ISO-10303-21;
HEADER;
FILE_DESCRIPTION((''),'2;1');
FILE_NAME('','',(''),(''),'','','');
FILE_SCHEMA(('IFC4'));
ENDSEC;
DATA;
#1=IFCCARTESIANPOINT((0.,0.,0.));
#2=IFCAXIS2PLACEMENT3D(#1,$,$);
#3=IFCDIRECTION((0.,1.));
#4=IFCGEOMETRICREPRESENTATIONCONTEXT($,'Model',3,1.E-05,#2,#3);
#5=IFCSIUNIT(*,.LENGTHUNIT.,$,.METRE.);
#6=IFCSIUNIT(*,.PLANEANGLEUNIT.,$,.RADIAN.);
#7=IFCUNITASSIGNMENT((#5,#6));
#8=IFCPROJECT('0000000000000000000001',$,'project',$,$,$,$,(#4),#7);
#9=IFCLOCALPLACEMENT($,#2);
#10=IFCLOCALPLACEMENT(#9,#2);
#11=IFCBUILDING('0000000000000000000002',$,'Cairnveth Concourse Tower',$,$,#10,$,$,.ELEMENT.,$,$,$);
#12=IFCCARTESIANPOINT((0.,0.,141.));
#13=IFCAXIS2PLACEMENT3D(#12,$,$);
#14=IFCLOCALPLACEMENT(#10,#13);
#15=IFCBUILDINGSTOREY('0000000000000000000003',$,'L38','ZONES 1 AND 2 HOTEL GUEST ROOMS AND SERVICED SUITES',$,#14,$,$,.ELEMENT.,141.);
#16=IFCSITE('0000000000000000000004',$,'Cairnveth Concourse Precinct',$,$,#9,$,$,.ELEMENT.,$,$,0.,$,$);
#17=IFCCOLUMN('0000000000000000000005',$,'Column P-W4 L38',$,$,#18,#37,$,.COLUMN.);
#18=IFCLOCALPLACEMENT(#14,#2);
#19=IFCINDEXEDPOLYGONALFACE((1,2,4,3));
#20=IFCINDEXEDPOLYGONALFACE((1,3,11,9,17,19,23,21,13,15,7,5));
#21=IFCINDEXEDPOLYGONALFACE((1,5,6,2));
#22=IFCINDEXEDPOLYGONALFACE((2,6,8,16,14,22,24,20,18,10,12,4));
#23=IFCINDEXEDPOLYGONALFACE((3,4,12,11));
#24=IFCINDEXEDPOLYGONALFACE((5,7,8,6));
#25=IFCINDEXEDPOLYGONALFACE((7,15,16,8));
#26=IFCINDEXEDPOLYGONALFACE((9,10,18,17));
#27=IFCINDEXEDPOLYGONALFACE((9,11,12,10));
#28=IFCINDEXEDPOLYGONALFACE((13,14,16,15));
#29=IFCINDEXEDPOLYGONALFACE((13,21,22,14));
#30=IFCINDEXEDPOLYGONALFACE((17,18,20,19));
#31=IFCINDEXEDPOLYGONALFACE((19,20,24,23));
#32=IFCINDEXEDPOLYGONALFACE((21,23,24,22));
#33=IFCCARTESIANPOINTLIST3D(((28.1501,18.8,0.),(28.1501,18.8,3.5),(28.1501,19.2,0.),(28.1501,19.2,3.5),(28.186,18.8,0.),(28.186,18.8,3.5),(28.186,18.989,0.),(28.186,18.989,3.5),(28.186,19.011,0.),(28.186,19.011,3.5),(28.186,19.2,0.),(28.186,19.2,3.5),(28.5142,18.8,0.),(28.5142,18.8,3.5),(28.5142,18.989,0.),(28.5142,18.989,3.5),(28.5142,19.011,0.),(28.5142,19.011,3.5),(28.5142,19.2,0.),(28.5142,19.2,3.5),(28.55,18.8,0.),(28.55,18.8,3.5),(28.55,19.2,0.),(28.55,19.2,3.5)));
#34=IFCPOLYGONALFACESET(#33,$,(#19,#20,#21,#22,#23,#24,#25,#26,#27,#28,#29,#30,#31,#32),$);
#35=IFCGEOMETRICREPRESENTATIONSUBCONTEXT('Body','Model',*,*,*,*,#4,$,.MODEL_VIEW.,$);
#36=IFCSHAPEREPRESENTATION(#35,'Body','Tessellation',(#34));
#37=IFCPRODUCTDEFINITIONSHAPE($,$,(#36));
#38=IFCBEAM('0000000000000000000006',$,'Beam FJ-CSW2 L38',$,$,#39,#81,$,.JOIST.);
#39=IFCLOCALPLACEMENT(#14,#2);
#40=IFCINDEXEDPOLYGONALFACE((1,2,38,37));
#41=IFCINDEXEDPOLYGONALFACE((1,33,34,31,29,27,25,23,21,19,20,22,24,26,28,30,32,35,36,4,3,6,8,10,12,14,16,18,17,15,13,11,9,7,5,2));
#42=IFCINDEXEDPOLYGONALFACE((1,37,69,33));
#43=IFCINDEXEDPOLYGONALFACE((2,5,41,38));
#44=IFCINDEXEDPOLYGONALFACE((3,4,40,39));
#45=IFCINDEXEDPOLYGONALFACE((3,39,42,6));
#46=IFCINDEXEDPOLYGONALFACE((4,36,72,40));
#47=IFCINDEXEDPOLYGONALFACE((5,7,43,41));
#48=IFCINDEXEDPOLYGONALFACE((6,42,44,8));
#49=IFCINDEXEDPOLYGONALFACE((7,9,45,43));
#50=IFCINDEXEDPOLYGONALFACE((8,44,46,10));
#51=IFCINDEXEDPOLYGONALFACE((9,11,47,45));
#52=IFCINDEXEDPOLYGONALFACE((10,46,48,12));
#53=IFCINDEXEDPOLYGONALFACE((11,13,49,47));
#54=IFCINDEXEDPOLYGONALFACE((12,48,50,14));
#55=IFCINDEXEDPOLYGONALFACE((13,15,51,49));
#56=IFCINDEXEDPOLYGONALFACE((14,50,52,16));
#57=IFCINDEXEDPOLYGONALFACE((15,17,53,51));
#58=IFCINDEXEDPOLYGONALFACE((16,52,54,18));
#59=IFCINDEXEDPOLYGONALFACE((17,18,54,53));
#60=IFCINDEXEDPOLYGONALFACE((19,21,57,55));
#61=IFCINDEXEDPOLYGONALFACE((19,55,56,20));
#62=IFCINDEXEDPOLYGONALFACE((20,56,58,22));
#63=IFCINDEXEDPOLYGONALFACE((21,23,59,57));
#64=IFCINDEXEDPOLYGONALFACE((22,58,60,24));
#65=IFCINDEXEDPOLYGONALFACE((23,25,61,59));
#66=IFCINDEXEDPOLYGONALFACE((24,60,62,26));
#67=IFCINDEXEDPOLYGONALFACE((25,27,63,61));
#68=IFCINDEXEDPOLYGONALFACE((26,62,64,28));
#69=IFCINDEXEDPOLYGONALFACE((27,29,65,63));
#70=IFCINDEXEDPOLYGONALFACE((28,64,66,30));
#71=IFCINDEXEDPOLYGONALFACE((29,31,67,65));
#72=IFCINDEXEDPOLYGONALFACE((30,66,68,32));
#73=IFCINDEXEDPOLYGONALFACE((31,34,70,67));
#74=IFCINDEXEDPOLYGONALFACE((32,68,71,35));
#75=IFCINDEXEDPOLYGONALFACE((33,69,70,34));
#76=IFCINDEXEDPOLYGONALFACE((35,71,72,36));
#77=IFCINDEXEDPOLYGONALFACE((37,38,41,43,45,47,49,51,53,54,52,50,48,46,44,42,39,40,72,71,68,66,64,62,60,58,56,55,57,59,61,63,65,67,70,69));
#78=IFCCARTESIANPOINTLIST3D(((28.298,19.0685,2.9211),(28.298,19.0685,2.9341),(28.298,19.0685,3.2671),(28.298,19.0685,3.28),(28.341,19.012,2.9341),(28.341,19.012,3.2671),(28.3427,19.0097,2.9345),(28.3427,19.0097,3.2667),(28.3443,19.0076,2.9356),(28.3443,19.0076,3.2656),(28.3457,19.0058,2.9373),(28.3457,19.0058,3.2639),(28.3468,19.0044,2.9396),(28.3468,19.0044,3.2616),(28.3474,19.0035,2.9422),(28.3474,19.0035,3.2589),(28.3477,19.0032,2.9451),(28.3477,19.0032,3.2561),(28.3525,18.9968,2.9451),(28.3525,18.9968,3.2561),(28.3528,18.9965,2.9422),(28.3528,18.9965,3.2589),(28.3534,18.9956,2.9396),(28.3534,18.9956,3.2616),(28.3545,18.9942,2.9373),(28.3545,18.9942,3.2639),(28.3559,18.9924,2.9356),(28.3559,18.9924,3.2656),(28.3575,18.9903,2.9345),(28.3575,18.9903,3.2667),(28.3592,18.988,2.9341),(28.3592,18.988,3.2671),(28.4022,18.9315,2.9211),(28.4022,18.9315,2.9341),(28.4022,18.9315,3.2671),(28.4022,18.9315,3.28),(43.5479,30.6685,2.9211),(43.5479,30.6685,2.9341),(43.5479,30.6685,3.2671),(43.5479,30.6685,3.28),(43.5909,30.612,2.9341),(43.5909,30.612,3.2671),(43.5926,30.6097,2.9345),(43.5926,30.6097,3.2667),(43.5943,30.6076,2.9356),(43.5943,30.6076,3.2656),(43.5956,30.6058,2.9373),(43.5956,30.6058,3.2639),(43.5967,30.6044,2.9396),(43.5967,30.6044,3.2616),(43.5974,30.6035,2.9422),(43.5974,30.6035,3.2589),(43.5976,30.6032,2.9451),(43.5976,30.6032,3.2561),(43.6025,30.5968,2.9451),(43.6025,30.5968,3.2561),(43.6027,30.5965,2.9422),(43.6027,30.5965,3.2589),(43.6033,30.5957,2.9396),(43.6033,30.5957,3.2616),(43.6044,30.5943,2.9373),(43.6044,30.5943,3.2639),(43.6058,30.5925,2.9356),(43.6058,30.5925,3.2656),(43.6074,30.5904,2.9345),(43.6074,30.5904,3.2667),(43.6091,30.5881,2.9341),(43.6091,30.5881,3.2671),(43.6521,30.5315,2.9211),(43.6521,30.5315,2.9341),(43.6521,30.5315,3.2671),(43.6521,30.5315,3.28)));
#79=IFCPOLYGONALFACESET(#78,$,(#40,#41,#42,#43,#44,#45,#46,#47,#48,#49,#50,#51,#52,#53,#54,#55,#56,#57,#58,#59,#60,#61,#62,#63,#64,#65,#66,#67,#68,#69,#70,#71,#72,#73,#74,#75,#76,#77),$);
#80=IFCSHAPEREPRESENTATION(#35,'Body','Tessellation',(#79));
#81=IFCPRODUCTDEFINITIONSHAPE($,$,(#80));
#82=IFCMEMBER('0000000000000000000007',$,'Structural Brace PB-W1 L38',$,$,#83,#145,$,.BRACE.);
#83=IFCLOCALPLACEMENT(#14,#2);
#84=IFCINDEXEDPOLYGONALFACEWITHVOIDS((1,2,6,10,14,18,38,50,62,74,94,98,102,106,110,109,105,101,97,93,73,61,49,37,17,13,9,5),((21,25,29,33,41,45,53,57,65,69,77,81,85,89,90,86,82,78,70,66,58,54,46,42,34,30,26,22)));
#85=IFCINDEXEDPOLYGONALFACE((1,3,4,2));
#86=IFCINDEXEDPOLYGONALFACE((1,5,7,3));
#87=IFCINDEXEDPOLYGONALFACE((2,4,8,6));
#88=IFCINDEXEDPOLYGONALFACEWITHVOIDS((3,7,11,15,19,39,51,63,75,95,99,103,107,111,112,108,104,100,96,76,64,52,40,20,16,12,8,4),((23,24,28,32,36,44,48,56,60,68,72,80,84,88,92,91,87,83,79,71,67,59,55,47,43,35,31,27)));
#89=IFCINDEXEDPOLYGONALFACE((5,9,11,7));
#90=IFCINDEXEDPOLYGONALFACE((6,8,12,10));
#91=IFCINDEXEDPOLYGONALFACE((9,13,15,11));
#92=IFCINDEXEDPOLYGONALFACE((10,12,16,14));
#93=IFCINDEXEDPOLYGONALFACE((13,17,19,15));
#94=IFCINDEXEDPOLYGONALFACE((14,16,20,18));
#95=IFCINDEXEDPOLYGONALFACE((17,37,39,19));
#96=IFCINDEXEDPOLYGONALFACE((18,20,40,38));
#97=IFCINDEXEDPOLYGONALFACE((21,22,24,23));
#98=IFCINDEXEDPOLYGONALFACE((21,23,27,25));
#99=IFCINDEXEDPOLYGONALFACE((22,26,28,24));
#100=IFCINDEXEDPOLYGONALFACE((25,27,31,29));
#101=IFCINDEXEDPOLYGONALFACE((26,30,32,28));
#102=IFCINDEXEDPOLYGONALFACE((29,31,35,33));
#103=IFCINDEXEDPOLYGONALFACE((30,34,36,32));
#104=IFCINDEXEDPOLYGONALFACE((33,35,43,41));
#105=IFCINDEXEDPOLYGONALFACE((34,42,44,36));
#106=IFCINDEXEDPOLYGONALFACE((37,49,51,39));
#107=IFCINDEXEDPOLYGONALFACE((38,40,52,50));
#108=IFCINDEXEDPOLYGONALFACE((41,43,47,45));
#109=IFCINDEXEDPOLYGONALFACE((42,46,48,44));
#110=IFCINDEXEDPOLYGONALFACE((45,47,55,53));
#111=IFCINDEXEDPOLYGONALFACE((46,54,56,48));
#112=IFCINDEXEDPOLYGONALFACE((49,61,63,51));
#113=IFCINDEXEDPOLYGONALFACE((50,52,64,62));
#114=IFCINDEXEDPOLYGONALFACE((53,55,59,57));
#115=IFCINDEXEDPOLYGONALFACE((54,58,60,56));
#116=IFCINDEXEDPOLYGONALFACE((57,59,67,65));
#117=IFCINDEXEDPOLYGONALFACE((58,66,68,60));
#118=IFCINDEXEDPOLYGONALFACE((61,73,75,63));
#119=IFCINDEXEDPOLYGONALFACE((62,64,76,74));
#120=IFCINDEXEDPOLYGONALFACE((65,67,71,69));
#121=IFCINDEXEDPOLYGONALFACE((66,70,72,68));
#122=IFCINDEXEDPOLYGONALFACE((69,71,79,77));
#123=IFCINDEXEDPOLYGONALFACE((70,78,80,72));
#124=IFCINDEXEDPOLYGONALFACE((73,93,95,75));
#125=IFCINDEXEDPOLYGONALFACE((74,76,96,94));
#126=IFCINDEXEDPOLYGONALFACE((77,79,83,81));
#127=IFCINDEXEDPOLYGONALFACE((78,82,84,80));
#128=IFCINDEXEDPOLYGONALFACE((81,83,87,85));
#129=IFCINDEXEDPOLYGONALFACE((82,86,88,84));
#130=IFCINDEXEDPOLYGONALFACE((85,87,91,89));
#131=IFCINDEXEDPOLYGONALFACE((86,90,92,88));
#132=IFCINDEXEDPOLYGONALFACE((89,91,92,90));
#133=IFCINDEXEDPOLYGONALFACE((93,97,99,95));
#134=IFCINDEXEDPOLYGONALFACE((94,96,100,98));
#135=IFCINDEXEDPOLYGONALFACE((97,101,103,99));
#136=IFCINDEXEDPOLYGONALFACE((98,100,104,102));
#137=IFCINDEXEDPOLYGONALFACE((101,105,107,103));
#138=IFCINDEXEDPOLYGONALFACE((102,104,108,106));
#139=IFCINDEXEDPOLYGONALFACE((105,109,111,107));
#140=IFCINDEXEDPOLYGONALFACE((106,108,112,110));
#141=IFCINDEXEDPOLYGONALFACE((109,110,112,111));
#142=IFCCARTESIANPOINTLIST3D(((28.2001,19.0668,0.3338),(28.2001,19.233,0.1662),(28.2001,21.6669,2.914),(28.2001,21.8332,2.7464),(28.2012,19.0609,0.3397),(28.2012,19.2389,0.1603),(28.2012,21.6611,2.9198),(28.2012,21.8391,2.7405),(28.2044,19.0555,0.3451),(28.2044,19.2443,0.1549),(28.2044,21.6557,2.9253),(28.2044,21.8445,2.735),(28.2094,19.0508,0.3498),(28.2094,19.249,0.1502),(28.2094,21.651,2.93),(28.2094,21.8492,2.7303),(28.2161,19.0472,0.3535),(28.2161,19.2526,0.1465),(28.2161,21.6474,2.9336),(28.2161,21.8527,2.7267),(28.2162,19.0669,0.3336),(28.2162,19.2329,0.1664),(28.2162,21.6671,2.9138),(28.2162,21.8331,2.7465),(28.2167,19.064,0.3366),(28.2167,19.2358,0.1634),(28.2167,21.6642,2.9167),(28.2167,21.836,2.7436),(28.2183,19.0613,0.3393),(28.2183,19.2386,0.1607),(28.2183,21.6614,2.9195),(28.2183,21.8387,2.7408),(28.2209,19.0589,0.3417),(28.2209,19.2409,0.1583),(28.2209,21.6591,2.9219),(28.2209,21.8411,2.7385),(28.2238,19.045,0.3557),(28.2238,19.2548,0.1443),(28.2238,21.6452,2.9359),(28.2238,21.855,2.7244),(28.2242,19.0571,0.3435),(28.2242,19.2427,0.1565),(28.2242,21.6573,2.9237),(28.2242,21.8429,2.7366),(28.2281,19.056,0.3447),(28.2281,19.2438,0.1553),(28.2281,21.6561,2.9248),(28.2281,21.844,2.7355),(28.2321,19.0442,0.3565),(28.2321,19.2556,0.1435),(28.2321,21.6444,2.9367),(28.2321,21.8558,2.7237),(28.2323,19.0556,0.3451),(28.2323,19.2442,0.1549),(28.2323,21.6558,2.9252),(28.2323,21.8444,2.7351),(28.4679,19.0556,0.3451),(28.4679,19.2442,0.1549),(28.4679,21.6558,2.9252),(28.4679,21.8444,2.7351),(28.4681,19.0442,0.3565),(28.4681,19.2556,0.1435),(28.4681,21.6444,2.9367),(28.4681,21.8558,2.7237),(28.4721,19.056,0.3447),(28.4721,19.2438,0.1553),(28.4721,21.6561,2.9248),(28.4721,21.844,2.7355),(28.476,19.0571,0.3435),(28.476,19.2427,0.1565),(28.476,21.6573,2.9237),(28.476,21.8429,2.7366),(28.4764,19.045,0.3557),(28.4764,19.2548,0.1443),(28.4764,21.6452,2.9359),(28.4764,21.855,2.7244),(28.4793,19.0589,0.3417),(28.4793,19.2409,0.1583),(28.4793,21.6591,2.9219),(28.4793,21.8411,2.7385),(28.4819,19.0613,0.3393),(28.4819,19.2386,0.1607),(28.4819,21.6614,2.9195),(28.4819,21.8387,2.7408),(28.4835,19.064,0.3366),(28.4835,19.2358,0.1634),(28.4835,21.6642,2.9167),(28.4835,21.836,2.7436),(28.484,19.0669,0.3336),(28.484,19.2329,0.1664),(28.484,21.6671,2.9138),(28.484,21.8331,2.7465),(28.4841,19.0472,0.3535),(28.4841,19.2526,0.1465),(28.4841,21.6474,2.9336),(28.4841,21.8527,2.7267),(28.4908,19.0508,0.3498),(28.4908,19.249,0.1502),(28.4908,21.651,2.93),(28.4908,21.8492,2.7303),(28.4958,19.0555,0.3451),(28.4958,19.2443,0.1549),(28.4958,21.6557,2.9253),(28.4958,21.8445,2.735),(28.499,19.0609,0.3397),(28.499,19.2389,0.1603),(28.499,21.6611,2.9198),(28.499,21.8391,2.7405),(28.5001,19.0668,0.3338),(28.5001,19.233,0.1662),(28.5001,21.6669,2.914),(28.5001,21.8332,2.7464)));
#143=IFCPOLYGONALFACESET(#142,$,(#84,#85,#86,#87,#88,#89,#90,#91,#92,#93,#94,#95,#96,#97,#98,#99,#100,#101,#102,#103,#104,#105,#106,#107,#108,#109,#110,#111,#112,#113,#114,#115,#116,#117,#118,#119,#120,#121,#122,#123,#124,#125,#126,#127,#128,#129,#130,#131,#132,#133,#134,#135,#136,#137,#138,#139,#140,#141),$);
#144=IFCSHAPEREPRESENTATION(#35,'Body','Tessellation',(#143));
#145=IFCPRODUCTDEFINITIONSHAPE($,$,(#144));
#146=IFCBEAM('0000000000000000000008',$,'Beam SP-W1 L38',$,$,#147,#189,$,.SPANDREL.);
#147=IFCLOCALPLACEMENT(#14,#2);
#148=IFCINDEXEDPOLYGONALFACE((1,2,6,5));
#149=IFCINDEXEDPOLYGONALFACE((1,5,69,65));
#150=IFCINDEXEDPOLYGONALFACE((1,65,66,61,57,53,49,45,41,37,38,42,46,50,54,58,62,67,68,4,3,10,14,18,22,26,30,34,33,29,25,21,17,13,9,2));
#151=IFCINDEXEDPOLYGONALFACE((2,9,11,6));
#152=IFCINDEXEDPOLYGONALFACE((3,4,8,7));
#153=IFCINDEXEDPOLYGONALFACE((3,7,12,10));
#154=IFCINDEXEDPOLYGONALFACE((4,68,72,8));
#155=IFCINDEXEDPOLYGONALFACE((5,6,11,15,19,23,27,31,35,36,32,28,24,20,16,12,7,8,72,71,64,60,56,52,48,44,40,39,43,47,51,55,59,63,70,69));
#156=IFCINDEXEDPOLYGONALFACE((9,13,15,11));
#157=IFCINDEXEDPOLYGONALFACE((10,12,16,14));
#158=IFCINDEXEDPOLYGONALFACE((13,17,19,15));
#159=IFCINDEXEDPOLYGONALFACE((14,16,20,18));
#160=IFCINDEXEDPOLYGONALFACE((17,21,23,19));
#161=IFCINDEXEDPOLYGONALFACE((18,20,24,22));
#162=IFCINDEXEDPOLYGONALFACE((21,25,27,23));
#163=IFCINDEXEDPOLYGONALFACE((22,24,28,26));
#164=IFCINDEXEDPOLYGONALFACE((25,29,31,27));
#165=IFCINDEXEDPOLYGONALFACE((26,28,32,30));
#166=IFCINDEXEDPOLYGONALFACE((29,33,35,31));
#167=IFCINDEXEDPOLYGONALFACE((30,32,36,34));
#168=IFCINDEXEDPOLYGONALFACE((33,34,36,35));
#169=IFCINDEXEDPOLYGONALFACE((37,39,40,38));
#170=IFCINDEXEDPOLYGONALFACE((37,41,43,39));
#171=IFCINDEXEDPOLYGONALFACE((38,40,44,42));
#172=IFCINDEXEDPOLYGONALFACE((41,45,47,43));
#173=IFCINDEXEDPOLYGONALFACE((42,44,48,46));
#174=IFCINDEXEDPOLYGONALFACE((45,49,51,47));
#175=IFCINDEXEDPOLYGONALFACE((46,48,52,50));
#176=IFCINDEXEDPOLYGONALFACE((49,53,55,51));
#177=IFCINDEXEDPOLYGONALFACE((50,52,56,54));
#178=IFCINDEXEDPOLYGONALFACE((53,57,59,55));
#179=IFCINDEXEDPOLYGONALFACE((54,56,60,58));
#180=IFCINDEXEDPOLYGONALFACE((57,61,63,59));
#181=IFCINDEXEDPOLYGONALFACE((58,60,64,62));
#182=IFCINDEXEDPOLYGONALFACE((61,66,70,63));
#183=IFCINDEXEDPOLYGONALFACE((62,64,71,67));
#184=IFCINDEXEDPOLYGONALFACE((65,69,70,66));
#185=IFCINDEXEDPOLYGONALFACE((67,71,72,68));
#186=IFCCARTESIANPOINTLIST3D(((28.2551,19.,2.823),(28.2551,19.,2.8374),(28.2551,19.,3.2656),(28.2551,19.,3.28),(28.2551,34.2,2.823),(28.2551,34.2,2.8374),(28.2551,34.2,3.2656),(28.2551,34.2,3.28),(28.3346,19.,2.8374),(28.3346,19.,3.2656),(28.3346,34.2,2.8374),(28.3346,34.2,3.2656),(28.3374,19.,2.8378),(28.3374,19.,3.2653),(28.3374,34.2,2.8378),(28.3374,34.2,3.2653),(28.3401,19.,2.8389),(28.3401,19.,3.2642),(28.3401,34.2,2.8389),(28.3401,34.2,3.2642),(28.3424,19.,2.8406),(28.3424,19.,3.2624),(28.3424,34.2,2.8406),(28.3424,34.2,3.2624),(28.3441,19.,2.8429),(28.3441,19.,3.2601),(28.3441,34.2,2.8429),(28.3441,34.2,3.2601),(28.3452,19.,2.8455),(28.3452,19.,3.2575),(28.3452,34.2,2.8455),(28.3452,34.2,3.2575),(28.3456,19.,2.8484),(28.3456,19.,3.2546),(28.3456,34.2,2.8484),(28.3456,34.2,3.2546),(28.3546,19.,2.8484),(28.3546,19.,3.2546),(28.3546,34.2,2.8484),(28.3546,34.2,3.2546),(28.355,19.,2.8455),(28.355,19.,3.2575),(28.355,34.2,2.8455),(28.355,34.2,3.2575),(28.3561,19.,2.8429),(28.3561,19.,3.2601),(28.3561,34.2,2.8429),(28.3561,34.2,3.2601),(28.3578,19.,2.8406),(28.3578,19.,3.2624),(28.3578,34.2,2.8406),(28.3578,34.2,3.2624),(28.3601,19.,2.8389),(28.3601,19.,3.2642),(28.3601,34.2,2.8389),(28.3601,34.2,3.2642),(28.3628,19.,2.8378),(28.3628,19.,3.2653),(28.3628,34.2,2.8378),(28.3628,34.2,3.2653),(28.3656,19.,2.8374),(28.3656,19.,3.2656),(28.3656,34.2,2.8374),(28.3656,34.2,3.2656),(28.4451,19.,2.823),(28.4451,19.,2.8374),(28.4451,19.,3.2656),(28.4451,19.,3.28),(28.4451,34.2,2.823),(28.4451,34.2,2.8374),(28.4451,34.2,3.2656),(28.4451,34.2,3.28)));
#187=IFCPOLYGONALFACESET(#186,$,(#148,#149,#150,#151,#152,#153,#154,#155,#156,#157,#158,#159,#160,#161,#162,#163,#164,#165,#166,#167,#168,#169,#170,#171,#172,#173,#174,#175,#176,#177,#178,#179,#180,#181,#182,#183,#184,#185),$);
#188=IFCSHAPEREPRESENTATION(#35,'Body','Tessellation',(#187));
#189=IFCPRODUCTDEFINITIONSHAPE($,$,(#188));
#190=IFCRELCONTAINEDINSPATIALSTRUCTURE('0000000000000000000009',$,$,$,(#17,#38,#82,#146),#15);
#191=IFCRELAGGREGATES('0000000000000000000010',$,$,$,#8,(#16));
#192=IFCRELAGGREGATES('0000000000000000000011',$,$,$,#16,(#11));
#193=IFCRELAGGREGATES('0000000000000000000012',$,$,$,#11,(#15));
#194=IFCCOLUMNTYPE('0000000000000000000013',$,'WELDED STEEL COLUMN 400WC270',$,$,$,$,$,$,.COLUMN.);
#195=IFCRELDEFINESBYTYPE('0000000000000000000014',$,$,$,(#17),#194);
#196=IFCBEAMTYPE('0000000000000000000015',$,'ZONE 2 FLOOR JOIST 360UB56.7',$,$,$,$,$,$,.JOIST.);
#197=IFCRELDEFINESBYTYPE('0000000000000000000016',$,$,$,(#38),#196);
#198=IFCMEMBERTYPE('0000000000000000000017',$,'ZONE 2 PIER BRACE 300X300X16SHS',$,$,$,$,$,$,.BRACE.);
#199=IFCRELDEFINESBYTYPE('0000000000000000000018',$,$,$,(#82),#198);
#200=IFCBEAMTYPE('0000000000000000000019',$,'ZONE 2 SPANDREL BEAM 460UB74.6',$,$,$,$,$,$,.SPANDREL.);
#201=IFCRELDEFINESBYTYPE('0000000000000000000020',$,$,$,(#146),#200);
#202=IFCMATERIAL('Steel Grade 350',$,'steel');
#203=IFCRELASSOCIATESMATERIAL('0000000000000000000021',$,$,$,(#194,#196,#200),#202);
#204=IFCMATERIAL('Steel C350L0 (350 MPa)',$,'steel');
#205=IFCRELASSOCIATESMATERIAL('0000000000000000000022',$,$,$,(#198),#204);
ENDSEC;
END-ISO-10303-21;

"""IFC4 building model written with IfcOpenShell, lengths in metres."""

from ifc_helpers import new_model, si_unit, direction, frame, origin, origin_2d, place, context, subcontext, project, spatial, hollow_rectangle, i_section, extrude, material, material_profile, profile_set, type_object, element, save


model = new_model("IFC4")

# Units and contexts
model_context = context("Model", 3, precision=1e-05, world=origin(), true_north=direction((0.0, 1.0)))
body_context = subcontext(model_context, "Body", "Model", "MODEL_VIEW")
ifc_project = project(units=[si_unit("LENGTHUNIT", "METRE"), si_unit("PLANEANGLEUNIT", "RADIAN")], contexts=[model_context])

# Site, building, storey
site_placement = place(None, origin())
site = spatial("IfcSite", under=ifc_project, at=site_placement, Name="Cairnveth Concourse Precinct", CompositionType="ELEMENT", RefElevation=0.0)
building_placement = place(site_placement, origin())
building = spatial("IfcBuilding", under=site, at=building_placement, Name="Cairnveth Concourse Tower", CompositionType="ELEMENT")
storey_placement = place(building_placement, frame((0.0, 0.0, 141.0)))
storey = spatial("IfcBuildingStorey", under=building, at=storey_placement, Name="L38", Description="ZONES 1 AND 2 HOTEL GUEST ROOMS AND SERVICED SUITES", CompositionType="ELEMENT", Elevation=141.0)

# Column
ifc_material_1 = material(Name="Steel Grade 350", Category="steel")
ifc_material_profile_1 = material_profile(ifc_material_1, i_section(OverallWidth=0.3999, OverallDepth=0.3999, WebThickness=0.022, FlangeThickness=0.0359, at=origin_2d()), Name="400WC270")
ifc_profile_set_1 = profile_set([ifc_material_profile_1], Name="Steel Grade 350")
column_type = type_object("IfcColumnType", Name="WELDED STEEL COLUMN 400WC270", PredefinedType="COLUMN", material=ifc_profile_set_1)
column_placement = place(storey_placement, frame((28.3501, 19.0, 0.0), z_axis=(0.0, 0.0, 1.0), x_axis=(0.0, 1.0, 0.0)))
element("IfcColumn", 1, at=column_placement, inside=storey, type_object=column_type, Name="Column P-W4 L38", PredefinedType="COLUMN", context=body_context, shape_type="SweptSolid", body=[
    extrude(i_section(OverallWidth=0.3999, OverallDepth=0.3999, WebThickness=0.022, FlangeThickness=0.0359, at=origin_2d()), origin(), (0.0, 0.0, 1.0), 3.5),
])

# Beam
ifc_material_profile_2 = material_profile(ifc_material_1, i_section(OverallWidth=0.1721, OverallDepth=0.3589, WebThickness=0.0081, FlangeThickness=0.0129, FilletRadius=0.011, at=origin_2d()), Name="360UB56.7")
ifc_profile_set_2 = profile_set([ifc_material_profile_2], Name="Steel Grade 350")
beam_type_1 = type_object("IfcBeamType", Name="ZONE 2 FLOOR JOIST 360UB56.7", PredefinedType="JOIST", material=ifc_profile_set_2)
beam_1_placement = place(storey_placement, frame((28.3501, 19.0, 3.1006), z_axis=(0.795908, 0.605417, 0.0), x_axis=(-0.605417, 0.795908, 0.0)))
element("IfcBeam", 2, at=beam_1_placement, inside=storey, type_object=beam_type_1, Name="Beam FJ-CSW2 L38", PredefinedType="JOIST", context=body_context, shape_type="SweptSolid", body=[
    extrude(i_section(OverallWidth=0.1721, OverallDepth=0.3589, WebThickness=0.0081, FlangeThickness=0.0129, FilletRadius=0.011, at=origin_2d()), origin(), (0.0, 0.0, 1.0), 19.1604),
])

# Member
ifc_material_2 = material(Name="Steel C350L0 (350 MPa)", Category="steel")
ifc_material_profile_3 = material_profile(ifc_material_2, hollow_rectangle(XDim=0.3, YDim=0.3, WallThickness=0.0161, InnerFilletRadius=0.0161, OuterFilletRadius=0.032, at=origin_2d()), Name="300x300x16.0SHS")
ifc_profile_set_3 = profile_set([ifc_material_profile_3], Name="Steel C350L0 (350 MPa)")
member_type = type_object("IfcMemberType", Name="ZONE 2 PIER BRACE 300X300X16SHS", PredefinedType="BRACE", material=ifc_profile_set_3)
member_placement = place(storey_placement, frame((28.3501, 19.1499, 0.25), z_axis=(0.0, 0.709834, 0.704369), x_axis=(-1.0, 0.0, 0.0)))
element("IfcMember", 3, at=member_placement, inside=storey, type_object=member_type, Name="Structural Brace PB-W1 L38", PredefinedType="BRACE", context=body_context, shape_type="SweptSolid", body=[
    extrude(hollow_rectangle(XDim=0.3, YDim=0.3, WallThickness=0.0161, InnerFilletRadius=0.0161, OuterFilletRadius=0.032, at=origin_2d()), origin(), (0.0, 0.0, 1.0), 3.6631),
])

# Beam
ifc_material_profile_4 = material_profile(ifc_material_1, i_section(OverallWidth=0.1899, OverallDepth=0.457, WebThickness=0.009, FlangeThickness=0.0144, FilletRadius=0.011, at=origin_2d()), Name="460UB74.6")
ifc_profile_set_4 = profile_set([ifc_material_profile_4], Name="Steel Grade 350")
beam_type_2 = type_object("IfcBeamType", Name="ZONE 2 SPANDREL BEAM 460UB74.6", PredefinedType="SPANDREL", material=ifc_profile_set_4)
beam_2_placement = place(storey_placement, frame((28.3501, 19.0, 3.0515), z_axis=(0.0, 1.0, 0.0), x_axis=(-1.0, 0.0, 0.0)))
element("IfcBeam", 4, at=beam_2_placement, inside=storey, type_object=beam_type_2, Name="Beam SP-W1 L38", PredefinedType="SPANDREL", context=body_context, shape_type="SweptSolid", body=[
    extrude(i_section(OverallWidth=0.1899, OverallDepth=0.457, WebThickness=0.009, FlangeThickness=0.0144, FilletRadius=0.011, at=origin_2d()), origin(), (0.0, 0.0, 1.0), 15.2),
])

save(model, "model.ifc")
